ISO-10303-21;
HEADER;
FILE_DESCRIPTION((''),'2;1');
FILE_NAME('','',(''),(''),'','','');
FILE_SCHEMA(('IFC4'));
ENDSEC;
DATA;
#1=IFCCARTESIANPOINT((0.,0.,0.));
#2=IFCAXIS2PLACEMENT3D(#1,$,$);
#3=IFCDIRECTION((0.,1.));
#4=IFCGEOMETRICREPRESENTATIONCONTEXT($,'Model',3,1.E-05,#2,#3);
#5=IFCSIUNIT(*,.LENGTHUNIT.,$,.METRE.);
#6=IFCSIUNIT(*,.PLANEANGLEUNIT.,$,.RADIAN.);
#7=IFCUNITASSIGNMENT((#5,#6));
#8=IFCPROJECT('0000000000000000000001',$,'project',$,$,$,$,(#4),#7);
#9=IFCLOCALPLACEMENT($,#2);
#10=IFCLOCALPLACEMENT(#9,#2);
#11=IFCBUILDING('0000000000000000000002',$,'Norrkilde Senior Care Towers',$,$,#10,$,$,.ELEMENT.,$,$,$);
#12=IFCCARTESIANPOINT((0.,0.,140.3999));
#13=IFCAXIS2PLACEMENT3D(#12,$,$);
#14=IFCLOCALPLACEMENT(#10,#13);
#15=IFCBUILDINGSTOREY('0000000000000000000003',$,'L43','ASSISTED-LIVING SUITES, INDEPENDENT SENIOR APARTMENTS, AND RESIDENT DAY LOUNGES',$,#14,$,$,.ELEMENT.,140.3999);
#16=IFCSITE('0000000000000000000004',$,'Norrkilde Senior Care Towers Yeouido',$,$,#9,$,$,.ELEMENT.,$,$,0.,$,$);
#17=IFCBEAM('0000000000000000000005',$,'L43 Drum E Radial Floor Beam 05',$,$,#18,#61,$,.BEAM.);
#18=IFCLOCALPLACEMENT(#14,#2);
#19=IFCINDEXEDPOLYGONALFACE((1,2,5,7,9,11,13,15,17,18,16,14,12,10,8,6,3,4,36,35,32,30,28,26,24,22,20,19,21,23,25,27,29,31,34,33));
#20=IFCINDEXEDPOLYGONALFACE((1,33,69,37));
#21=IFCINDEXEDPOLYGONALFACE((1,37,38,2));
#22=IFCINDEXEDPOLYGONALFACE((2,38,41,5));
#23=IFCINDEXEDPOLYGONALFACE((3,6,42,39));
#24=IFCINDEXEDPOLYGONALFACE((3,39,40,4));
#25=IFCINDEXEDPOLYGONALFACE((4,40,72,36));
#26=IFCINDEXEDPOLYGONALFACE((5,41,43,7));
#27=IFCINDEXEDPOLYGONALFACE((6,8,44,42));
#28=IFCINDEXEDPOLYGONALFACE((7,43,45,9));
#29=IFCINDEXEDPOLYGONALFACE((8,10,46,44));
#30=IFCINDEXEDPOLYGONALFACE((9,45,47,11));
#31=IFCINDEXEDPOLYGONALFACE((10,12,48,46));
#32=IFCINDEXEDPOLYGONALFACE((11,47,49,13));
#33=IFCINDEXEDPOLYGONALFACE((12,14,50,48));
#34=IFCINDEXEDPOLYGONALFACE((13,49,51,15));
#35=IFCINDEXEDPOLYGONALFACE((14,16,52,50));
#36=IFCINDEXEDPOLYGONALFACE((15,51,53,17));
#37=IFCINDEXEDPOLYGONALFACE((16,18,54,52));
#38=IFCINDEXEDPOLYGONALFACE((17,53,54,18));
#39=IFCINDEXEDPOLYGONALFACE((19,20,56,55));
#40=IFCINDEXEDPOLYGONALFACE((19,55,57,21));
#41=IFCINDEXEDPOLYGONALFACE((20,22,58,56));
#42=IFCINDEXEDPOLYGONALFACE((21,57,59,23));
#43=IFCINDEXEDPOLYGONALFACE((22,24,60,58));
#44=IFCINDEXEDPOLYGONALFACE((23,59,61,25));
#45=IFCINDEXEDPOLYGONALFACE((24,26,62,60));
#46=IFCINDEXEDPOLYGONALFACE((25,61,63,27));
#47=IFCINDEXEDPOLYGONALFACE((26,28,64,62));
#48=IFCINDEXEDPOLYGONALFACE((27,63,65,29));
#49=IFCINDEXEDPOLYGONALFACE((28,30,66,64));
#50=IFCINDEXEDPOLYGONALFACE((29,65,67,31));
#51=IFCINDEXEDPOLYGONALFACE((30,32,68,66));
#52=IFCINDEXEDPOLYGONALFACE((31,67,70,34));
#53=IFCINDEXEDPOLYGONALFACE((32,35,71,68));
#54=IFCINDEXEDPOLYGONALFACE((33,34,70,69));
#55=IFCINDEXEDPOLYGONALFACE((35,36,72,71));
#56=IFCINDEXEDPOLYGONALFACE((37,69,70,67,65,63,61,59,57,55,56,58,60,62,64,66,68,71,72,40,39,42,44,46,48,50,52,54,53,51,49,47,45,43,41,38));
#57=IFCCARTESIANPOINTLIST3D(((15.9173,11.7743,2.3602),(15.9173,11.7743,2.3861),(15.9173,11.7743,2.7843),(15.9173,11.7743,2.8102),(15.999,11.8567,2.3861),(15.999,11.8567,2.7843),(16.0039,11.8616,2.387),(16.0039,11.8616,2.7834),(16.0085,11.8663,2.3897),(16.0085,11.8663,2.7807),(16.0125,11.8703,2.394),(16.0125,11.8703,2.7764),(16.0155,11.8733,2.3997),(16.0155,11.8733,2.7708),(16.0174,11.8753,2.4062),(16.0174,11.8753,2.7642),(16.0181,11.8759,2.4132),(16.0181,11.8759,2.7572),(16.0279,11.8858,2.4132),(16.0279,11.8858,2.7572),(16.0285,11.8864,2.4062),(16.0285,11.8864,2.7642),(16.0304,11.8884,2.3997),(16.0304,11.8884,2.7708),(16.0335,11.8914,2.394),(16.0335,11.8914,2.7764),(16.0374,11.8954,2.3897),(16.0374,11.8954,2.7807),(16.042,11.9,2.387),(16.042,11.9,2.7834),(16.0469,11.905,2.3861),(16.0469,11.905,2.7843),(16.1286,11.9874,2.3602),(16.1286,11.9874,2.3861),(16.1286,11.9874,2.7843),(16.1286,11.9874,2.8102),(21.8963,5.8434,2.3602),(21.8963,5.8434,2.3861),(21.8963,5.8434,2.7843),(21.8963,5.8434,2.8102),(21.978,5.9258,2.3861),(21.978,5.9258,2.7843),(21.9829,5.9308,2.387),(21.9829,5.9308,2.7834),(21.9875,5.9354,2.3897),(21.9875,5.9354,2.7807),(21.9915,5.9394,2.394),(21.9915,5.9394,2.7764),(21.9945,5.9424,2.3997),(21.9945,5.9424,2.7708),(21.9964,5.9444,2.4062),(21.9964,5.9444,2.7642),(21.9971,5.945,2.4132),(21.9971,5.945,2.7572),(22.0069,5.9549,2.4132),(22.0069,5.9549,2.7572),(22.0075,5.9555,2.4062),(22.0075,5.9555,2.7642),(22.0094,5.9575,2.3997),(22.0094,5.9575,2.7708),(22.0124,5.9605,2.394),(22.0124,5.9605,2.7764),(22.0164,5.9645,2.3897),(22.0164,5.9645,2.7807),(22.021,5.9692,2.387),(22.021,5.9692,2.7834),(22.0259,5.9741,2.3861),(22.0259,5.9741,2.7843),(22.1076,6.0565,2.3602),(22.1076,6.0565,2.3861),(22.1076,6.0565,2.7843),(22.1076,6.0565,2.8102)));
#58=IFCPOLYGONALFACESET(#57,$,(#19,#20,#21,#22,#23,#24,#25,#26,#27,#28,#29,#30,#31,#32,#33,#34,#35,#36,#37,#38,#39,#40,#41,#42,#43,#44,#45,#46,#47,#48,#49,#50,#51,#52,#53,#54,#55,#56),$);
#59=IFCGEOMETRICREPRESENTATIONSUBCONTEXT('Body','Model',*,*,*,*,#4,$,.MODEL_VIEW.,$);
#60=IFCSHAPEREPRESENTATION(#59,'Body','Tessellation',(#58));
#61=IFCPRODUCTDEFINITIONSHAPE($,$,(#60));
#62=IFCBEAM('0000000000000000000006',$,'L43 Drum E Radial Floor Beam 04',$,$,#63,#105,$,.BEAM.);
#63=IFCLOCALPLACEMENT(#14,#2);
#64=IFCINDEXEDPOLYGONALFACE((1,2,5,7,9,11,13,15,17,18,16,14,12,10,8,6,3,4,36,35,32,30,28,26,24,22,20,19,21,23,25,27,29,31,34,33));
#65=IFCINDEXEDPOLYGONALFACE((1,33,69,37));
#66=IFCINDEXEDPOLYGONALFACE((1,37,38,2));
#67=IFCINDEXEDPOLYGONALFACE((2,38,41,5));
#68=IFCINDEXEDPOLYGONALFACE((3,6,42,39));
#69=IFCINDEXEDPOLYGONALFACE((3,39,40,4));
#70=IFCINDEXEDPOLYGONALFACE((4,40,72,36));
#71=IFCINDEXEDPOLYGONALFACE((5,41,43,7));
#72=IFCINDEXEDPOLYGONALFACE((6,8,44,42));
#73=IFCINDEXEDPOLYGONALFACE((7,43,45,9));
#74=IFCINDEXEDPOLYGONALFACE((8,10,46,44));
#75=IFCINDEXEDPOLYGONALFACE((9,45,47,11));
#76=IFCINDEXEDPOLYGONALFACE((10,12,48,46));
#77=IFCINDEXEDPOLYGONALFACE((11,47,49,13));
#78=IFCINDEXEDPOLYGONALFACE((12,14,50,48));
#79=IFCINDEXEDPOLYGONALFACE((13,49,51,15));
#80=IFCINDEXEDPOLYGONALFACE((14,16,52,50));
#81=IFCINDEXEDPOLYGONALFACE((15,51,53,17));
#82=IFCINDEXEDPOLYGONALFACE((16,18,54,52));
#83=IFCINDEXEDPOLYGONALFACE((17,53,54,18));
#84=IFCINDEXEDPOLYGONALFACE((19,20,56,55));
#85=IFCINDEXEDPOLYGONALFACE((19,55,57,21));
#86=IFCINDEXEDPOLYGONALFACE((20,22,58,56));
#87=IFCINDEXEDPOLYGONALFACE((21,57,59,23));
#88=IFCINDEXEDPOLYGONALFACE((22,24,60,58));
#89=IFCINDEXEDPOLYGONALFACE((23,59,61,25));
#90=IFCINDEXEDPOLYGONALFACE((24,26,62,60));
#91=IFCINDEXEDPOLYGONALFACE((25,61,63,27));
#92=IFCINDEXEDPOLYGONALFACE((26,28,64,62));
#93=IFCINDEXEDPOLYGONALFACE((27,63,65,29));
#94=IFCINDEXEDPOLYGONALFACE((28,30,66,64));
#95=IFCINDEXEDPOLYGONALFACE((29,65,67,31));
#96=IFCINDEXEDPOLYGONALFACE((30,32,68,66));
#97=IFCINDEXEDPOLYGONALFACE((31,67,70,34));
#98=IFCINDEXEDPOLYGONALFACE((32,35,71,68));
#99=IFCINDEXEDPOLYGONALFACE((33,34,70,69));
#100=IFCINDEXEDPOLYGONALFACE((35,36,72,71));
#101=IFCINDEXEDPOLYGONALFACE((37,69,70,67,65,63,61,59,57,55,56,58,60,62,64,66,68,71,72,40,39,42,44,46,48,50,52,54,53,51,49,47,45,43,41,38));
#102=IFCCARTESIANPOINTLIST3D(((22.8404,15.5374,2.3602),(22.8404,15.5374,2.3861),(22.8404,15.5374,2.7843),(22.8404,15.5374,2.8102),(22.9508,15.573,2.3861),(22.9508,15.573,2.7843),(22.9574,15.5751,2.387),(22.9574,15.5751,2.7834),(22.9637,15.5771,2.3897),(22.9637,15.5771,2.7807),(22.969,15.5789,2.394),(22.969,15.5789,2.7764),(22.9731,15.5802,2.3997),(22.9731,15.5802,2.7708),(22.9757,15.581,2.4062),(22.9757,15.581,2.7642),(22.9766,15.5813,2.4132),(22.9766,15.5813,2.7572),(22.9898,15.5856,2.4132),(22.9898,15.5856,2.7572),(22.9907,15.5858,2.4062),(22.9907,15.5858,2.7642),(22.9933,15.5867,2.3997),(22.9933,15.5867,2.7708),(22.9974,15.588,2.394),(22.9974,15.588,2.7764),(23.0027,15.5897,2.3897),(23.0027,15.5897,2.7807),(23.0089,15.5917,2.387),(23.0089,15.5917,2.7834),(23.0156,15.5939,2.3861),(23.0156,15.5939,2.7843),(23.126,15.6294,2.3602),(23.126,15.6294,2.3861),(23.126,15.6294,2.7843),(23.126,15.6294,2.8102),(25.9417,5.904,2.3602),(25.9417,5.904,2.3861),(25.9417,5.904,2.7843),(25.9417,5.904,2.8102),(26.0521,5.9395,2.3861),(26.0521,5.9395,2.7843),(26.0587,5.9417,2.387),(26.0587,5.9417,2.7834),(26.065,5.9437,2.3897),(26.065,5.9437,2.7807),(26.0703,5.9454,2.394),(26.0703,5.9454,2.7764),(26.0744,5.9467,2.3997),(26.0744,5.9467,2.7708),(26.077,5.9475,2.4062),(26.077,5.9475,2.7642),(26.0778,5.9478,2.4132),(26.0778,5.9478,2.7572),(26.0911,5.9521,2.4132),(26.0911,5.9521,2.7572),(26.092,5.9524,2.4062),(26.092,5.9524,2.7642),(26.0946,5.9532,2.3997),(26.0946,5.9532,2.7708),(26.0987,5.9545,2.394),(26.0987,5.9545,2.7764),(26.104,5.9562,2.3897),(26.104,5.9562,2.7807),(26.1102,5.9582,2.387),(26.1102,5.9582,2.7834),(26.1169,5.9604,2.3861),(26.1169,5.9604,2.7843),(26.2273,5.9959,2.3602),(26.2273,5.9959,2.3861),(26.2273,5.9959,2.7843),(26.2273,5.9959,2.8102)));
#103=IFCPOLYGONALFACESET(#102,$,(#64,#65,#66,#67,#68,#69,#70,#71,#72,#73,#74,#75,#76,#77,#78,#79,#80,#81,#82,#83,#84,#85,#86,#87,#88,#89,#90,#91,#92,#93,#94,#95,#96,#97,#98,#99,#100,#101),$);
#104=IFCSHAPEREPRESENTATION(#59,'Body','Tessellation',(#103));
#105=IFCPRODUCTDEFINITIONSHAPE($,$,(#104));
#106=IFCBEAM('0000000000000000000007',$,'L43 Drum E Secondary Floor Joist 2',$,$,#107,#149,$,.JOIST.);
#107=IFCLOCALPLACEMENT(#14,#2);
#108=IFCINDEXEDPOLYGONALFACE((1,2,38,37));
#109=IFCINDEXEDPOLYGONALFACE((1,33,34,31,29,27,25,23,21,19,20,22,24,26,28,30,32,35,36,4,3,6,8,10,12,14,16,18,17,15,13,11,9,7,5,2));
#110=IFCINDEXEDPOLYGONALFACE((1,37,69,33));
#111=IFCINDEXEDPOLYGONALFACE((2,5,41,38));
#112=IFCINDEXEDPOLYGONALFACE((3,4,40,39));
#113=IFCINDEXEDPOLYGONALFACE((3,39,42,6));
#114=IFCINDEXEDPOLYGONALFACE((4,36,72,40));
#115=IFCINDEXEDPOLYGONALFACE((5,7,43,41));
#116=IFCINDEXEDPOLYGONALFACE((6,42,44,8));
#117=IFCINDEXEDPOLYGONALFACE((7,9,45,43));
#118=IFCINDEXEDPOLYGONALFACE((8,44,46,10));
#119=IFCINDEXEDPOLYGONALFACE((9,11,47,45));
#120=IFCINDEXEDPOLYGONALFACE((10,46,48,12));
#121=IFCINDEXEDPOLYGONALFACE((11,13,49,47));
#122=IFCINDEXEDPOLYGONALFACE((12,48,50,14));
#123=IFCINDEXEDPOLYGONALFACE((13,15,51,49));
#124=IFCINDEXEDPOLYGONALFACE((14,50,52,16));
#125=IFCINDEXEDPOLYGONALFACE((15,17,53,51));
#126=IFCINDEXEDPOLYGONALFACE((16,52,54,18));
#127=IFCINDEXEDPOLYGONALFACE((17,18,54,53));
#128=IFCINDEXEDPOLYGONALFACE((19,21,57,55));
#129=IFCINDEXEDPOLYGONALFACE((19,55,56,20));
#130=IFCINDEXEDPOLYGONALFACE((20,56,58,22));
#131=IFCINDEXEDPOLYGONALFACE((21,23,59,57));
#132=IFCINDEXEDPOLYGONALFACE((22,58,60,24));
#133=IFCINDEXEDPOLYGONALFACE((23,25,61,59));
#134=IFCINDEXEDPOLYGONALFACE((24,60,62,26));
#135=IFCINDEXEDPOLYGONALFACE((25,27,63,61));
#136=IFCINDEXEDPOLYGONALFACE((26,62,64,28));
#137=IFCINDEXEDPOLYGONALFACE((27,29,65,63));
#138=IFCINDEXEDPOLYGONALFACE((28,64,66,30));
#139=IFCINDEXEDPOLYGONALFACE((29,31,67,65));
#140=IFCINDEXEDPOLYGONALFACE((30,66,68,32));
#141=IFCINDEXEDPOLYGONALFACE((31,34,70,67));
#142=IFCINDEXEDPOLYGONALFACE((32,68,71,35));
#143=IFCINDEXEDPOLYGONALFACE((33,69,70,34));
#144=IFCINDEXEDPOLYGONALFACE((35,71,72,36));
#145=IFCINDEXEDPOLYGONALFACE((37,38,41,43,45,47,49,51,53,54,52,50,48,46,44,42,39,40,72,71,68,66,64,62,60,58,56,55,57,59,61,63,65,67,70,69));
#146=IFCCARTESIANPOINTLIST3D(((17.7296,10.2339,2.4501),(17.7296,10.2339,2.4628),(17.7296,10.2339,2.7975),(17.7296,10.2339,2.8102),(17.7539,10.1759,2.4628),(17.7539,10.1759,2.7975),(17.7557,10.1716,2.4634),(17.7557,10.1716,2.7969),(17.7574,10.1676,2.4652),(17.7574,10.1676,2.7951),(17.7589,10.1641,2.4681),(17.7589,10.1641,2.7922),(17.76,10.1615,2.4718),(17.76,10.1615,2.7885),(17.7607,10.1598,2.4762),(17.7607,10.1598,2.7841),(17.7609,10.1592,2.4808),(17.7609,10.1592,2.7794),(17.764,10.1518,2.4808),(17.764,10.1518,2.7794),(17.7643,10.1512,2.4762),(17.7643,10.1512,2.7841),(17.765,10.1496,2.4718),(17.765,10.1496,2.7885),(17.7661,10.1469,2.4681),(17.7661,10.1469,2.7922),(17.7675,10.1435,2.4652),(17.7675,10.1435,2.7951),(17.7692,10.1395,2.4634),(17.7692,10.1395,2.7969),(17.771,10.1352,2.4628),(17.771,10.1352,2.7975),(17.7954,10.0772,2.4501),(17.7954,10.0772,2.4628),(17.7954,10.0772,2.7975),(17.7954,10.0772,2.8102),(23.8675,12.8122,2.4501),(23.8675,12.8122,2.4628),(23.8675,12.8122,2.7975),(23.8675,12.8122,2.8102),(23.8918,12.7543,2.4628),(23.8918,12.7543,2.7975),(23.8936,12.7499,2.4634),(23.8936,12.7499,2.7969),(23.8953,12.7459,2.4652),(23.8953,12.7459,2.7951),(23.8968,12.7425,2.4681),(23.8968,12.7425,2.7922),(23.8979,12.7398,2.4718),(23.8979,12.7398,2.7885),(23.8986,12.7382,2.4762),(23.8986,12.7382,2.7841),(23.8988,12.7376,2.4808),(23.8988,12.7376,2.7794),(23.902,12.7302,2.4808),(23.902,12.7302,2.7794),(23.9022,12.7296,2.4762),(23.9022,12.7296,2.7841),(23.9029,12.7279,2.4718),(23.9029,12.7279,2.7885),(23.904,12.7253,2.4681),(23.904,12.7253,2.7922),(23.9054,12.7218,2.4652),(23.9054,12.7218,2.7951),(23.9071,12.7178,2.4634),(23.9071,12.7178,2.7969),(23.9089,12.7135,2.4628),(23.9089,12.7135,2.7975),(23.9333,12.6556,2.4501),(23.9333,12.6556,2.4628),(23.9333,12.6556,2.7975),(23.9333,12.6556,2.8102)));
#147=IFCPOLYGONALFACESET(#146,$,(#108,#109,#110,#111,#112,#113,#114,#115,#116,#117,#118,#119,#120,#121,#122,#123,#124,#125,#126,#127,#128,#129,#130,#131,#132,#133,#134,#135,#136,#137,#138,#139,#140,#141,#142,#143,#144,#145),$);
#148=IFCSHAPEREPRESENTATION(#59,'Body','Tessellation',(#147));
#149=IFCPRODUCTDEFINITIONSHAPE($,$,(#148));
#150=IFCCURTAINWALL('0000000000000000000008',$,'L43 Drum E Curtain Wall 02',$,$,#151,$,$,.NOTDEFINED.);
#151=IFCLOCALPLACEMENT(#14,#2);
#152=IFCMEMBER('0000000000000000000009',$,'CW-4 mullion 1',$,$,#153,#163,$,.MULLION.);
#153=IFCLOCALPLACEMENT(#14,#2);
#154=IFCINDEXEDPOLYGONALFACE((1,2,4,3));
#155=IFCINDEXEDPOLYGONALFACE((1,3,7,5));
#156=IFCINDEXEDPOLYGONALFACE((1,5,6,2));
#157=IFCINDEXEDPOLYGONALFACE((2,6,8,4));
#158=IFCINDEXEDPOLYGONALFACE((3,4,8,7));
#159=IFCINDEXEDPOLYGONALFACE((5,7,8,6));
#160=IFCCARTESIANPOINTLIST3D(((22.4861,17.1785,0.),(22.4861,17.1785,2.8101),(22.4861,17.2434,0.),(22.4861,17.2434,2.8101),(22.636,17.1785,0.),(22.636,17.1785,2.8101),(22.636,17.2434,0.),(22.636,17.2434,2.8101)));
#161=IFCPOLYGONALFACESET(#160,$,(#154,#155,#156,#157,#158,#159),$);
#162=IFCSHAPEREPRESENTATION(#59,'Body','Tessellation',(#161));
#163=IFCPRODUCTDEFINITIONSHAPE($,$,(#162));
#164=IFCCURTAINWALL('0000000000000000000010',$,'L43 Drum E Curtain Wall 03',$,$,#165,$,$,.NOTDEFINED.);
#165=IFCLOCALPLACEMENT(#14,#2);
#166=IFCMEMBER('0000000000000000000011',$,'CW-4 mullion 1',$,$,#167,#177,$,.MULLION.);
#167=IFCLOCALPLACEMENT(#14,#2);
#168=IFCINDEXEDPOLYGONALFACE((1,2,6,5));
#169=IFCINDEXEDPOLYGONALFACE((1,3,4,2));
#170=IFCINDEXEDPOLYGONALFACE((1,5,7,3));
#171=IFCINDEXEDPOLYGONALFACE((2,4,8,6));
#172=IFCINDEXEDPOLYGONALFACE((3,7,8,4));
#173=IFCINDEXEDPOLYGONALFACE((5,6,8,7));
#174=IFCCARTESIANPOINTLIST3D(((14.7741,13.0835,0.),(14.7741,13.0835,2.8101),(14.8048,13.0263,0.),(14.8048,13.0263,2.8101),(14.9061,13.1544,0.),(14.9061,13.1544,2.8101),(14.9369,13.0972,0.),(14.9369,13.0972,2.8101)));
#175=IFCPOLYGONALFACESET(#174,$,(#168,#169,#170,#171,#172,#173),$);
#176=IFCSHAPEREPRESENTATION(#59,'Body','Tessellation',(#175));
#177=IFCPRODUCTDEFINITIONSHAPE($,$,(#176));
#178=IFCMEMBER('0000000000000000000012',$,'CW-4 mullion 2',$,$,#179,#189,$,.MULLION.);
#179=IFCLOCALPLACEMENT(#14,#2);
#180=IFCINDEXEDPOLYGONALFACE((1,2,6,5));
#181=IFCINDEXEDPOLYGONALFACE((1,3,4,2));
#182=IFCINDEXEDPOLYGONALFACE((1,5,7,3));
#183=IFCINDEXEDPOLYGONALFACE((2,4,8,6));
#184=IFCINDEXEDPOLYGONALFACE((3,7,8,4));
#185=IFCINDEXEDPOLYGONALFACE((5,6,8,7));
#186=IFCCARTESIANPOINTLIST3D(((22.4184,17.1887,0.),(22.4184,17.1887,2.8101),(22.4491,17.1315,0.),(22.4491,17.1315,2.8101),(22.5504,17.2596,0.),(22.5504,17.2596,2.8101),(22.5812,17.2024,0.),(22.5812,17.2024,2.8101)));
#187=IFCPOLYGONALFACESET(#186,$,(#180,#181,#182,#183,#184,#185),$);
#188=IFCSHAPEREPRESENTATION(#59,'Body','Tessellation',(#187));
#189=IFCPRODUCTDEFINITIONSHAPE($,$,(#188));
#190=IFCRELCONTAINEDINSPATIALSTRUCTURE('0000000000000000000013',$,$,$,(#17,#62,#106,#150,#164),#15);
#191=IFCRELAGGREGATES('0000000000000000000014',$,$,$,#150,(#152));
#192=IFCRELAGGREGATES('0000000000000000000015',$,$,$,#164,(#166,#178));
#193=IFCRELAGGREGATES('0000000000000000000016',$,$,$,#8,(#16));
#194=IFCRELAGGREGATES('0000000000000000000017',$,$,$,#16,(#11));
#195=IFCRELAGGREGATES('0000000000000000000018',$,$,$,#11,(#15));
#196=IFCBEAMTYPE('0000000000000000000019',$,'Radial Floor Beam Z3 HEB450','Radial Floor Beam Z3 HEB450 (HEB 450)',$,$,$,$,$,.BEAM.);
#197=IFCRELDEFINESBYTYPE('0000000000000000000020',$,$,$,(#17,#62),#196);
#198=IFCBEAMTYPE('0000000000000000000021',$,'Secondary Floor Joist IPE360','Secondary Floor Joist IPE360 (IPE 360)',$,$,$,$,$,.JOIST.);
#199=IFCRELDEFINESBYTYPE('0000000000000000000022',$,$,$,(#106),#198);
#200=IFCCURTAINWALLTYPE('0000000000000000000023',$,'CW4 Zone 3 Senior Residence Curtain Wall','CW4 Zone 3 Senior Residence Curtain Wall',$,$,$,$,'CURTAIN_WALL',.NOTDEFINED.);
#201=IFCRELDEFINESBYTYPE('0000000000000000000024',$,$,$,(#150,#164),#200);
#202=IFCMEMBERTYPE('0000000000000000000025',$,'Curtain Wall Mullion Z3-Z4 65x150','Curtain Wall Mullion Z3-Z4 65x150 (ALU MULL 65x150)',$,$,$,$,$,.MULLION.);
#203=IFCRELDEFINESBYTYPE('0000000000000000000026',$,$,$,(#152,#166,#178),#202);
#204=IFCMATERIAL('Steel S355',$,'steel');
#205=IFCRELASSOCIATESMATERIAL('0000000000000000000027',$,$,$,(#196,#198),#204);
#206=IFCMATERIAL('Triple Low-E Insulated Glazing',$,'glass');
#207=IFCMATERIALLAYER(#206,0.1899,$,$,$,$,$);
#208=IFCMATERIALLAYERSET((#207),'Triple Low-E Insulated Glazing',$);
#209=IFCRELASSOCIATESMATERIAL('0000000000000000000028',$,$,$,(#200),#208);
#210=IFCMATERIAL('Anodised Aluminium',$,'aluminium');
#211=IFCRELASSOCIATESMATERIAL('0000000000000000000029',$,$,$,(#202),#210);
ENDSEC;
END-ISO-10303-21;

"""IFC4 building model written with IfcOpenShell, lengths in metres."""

from ifc_helpers import new_model, si_unit, direction, frame, origin, origin_2d, place, context, subcontext, project, spatial, rectangle, i_section, extrude, source, transform, mapped, material, layer, layer_set, material_profile, profile_set, type_object, type_shapes, element, aggregate, save


model = new_model("IFC4")

# Units and contexts
model_context = context("Model", 3, precision=1e-05, world=origin(), true_north=direction((0.0, 1.0)))
body_context = subcontext(model_context, "Body", "Model", "MODEL_VIEW")
ifc_project = project(units=[si_unit("LENGTHUNIT", "METRE"), si_unit("PLANEANGLEUNIT", "RADIAN")], contexts=[model_context])

# Site, building, storey
site_placement = place(None, origin())
site = spatial("IfcSite", under=ifc_project, at=site_placement, Name="Norrkilde Senior Care Towers Yeouido", CompositionType="ELEMENT", RefElevation=0.0)
building_placement = place(site_placement, origin())
building = spatial("IfcBuilding", under=site, at=building_placement, Name="Norrkilde Senior Care Towers", CompositionType="ELEMENT")
storey_placement = place(building_placement, frame((0.0, 0.0, 140.3999)))
storey = spatial("IfcBuildingStorey", under=building, at=storey_placement, Name="L43", Description="ASSISTED-LIVING SUITES, INDEPENDENT SENIOR APARTMENTS, AND RESIDENT DAY LOUNGES", CompositionType="ELEMENT", Elevation=140.3999)

# Beams
ifc_material_1 = material(Name="Steel S355", Category="steel")
ifc_material_profile_1 = material_profile(ifc_material_1, i_section(OverallWidth=0.3, OverallDepth=0.45, WebThickness=0.0139, FlangeThickness=0.0259, FilletRadius=0.0271, at=origin_2d()), Name="HEB 450")
ifc_profile_set_1 = profile_set([ifc_material_profile_1], Name="Steel S355")
beam_type_1 = type_object("IfcBeamType", Name="Radial Floor Beam Z3 HEB450", Description="Radial Floor Beam Z3 HEB450 (HEB 450)", PredefinedType="BEAM", material=ifc_profile_set_1)
shared_shape_1 = source(origin(), body_context, "Body", "SweptSolid", [
    extrude(i_section(OverallWidth=0.3, OverallDepth=0.45, WebThickness=0.0139, FlangeThickness=0.0259, FilletRadius=0.0271, at=origin_2d()), origin(), (0.0, 0.0, 1.0), 8.4216),
])
beam_1_placement = place(storey_placement, frame((22.002, 5.95, 2.5852), z_axis=(-0.709956, 0.704246, 0.0), x_axis=(-0.704246, -0.709956, 0.0)))
element("IfcBeam", 1, at=beam_1_placement, inside=storey, type_object=beam_type_1, Name="L43 Drum E Radial Floor Beam 05", PredefinedType="BEAM", context=body_context, shape_type="MappedRepresentation", body=[
    mapped(shared_shape_1, transform((0.0, 0.0, 0.0), x_axis=(1.0, 0.0, 0.0), y_axis=(0.0, 1.0, 0.0), z_axis=(0.0, 0.0, 1.0), scale=1.0)),
])
shared_shape_2 = source(origin(), body_context, "Body", "SweptSolid", [
    extrude(i_section(OverallWidth=0.3, OverallDepth=0.45, WebThickness=0.0139, FlangeThickness=0.0259, FilletRadius=0.0271, at=origin_2d()), origin(), (0.0, 0.0, 1.0), 10.1204),
])
type_shapes(beam_type_1, [shared_shape_1, shared_shape_2])
beam_2_placement = place(storey_placement, frame((26.0845, 5.95, 2.5852), z_axis=(-0.306441, 0.95189, 0.0), x_axis=(-0.95189, -0.306441, 0.0)))
element("IfcBeam", 2, at=beam_2_placement, inside=storey, type_object=beam_type_1, Name="L43 Drum E Radial Floor Beam 04", PredefinedType="BEAM", context=body_context, shape_type="MappedRepresentation", body=[
    mapped(shared_shape_2, transform((0.0, 0.0, 0.0), x_axis=(1.0, 0.0, 0.0), y_axis=(0.0, 1.0, 0.0), z_axis=(0.0, 0.0, 1.0), scale=1.0)),
])
ifc_material_profile_2 = material_profile(ifc_material_1, i_section(OverallWidth=0.1699, OverallDepth=0.3601, WebThickness=0.0081, FlangeThickness=0.0127, FilletRadius=0.0181, at=origin_2d()), Name="IPE 360")
ifc_profile_set_2 = profile_set([ifc_material_profile_2], Name="Steel S355")
beam_type_2 = type_object("IfcBeamType", Name="Secondary Floor Joist IPE360", Description="Secondary Floor Joist IPE360 (IPE 360)", PredefinedType="JOIST", material=ifc_profile_set_2)
shared_shape_3 = source(origin(), body_context, "Body", "SweptSolid", [
    extrude(i_section(OverallWidth=0.1699, OverallDepth=0.3601, WebThickness=0.0081, FlangeThickness=0.0127, FilletRadius=0.0181, at=origin_2d()), origin(), (0.0, 0.0, 1.0), 6.6575),
])
type_shapes(beam_type_2, [shared_shape_3])
beam_3_placement = place(storey_placement, frame((23.9004, 12.7339, 2.6301), z_axis=(-0.921959, -0.387288, 0.0), x_axis=(0.387288, -0.921959, 0.0)))
element("IfcBeam", 3, at=beam_3_placement, inside=storey, type_object=beam_type_2, Name="L43 Drum E Secondary Floor Joist 2", PredefinedType="JOIST", context=body_context, shape_type="MappedRepresentation", body=[
    mapped(shared_shape_3, transform((0.0, 0.0, 0.0), x_axis=(1.0, 0.0, 0.0), y_axis=(0.0, 1.0, 0.0), z_axis=(0.0, 0.0, 1.0), scale=1.0)),
])

# Curtain wall, member
ifc_material_2 = material(Name="Triple Low-E Insulated Glazing", Category="glass")
ifc_layer_1 = layer(ifc_material_2, 0.1899)
ifc_layer_set_1 = layer_set([ifc_layer_1], Name="Triple Low-E Insulated Glazing")
curtain_wall_type = type_object("IfcCurtainWallType", Name="CW4 Zone 3 Senior Residence Curtain Wall", Description="CW4 Zone 3 Senior Residence Curtain Wall", ElementType="CURTAIN_WALL", PredefinedType="NOTDEFINED", material=ifc_layer_set_1)
curtain_wall_1_placement = place(storey_placement, origin())
curtain_wall_1 = element("IfcCurtainWall", 4, at=curtain_wall_1_placement, inside=storey, type_object=curtain_wall_type, Name="L43 Drum E Curtain Wall 02", PredefinedType="NOTDEFINED")
ifc_material_3 = material(Name="Anodised Aluminium", Category="aluminium")
ifc_material_profile_3 = material_profile(ifc_material_3, rectangle(XDim=0.0649, YDim=0.1499, at=origin_2d()), Name="ALU MULL 65x150")
ifc_profile_set_3 = profile_set([ifc_material_profile_3], Name="Anodised Aluminium")
member_type_1 = type_object("IfcMemberType", Name="Curtain Wall Mullion Z3-Z4 65x150", Description="Curtain Wall Mullion Z3-Z4 65x150 (ALU MULL 65x150)", PredefinedType="MULLION", material=ifc_profile_set_3)
shared_shape_4 = source(origin(), body_context, "Body", "SweptSolid", [
    extrude(rectangle(XDim=0.0649, YDim=0.1499, at=origin_2d()), origin(), (0.0, 0.0, 1.0), 2.8101),
])
type_shapes(member_type_1, [shared_shape_4])
member_1_placement = place(storey_placement, frame((22.561, 17.2109, 0.0), z_axis=(0.0, 0.0, 1.0), x_axis=(0.0, 1.0, 0.0)))
member_1 = element("IfcMember", 5, at=member_1_placement, type_object=member_type_1, Name="CW-4 mullion 1", PredefinedType="MULLION", context=body_context, shape_type="MappedRepresentation", body=[
    mapped(shared_shape_4, transform((0.0, 0.0, 0.0), x_axis=(1.0, 0.0, 0.0), y_axis=(0.0, 1.0, 0.0), z_axis=(0.0, 0.0, 1.0), scale=1.0)),
])

# Curtain wall, members
curtain_wall_2_placement = place(storey_placement, origin())
curtain_wall_2 = element("IfcCurtainWall", 6, at=curtain_wall_2_placement, inside=storey, type_object=curtain_wall_type, Name="L43 Drum E Curtain Wall 03", PredefinedType="NOTDEFINED")
member_2_placement = place(storey_placement, frame((14.8555, 13.0903, 0.0), z_axis=(0.0, 0.0, 1.0), x_axis=(-0.473117, 0.881, 0.0)))
member_2 = element("IfcMember", 7, at=member_2_placement, type_object=member_type_1, Name="CW-4 mullion 1", PredefinedType="MULLION", context=body_context, shape_type="MappedRepresentation", body=[
    mapped(shared_shape_4, transform((0.0, 0.0, 0.0), x_axis=(1.0, 0.0, 0.0), y_axis=(0.0, 1.0, 0.0), z_axis=(0.0, 0.0, 1.0), scale=1.0)),
])
member_3_placement = place(storey_placement, frame((22.4998, 17.1956, 0.0), z_axis=(0.0, 0.0, 1.0), x_axis=(-0.473117, 0.881, 0.0)))
member_3 = element("IfcMember", 8, at=member_3_placement, type_object=member_type_1, Name="CW-4 mullion 2", PredefinedType="MULLION", context=body_context, shape_type="MappedRepresentation", body=[
    mapped(shared_shape_4, transform((0.0, 0.0, 0.0), x_axis=(1.0, 0.0, 0.0), y_axis=(0.0, 1.0, 0.0), z_axis=(0.0, 0.0, 1.0), scale=1.0)),
])

aggregate(curtain_wall_1, [member_1])

aggregate(curtain_wall_2, [member_2, member_3])

save(model, "model.ifc")
